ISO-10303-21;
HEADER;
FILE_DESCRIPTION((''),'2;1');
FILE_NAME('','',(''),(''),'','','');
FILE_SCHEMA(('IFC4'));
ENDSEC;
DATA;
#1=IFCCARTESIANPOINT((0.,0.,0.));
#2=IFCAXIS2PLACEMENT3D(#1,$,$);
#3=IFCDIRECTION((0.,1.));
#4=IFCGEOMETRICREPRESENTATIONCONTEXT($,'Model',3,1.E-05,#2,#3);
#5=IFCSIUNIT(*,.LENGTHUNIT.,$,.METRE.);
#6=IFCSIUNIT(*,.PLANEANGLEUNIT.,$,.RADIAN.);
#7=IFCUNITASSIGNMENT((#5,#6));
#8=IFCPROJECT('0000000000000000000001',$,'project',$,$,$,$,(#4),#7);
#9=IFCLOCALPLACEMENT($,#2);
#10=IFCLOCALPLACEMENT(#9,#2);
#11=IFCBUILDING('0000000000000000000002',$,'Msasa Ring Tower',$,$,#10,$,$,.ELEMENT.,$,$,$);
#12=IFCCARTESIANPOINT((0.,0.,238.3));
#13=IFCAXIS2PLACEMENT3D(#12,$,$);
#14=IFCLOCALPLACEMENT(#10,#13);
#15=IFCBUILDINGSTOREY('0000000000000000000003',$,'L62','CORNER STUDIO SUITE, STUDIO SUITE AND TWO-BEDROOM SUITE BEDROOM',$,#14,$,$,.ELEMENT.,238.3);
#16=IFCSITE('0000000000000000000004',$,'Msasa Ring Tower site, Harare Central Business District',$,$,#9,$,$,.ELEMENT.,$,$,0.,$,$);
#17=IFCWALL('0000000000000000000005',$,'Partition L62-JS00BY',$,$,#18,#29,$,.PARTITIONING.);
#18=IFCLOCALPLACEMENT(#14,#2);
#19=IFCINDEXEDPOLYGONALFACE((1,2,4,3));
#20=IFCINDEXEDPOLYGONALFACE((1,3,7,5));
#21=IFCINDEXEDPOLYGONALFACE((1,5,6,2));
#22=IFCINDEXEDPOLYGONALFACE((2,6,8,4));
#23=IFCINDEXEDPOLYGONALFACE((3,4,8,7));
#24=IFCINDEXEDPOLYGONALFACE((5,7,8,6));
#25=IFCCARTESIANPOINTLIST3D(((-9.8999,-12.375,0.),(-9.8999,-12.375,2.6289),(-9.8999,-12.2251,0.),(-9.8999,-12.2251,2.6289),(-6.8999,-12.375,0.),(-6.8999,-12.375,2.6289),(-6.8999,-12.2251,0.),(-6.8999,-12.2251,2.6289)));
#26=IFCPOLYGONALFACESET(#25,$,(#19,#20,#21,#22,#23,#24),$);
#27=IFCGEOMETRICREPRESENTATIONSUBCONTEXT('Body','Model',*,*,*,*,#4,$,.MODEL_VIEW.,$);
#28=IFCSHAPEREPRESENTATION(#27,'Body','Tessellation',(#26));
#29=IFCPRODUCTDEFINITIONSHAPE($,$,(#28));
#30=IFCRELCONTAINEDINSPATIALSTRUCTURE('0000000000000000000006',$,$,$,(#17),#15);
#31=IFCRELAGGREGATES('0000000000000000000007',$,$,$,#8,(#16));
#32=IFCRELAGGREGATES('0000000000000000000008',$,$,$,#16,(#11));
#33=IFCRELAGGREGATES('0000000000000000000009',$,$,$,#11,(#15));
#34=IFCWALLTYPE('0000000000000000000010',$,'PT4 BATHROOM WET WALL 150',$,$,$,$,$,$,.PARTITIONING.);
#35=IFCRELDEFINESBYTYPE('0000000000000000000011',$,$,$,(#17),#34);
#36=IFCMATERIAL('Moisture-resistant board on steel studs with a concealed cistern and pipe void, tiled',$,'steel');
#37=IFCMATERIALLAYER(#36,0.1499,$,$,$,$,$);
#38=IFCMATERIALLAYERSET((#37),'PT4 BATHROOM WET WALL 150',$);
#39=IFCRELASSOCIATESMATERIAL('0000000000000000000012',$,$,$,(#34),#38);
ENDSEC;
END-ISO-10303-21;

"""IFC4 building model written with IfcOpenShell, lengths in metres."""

from ifc_helpers import new_model, si_unit, direction, frame, frame_2d, origin, place, context, subcontext, project, spatial, rectangle, extrude, material, layer, layer_set, type_object, element, save


model = new_model("IFC4")

# Units and contexts
model_context = context("Model", 3, precision=1e-05, world=origin(), true_north=direction((0.0, 1.0)))
body_context = subcontext(model_context, "Body", "Model", "MODEL_VIEW")
ifc_project = project(units=[si_unit("LENGTHUNIT", "METRE"), si_unit("PLANEANGLEUNIT", "RADIAN")], contexts=[model_context])

# Site, building, storey
site_placement = place(None, origin())
site = spatial("IfcSite", under=ifc_project, at=site_placement, Name="Msasa Ring Tower site, Harare Central Business District", CompositionType="ELEMENT", RefElevation=0.0)
building_placement = place(site_placement, origin())
building = spatial("IfcBuilding", under=site, at=building_placement, Name="Msasa Ring Tower", CompositionType="ELEMENT")
storey_placement = place(building_placement, frame((0.0, 0.0, 238.3)))
storey = spatial("IfcBuildingStorey", under=building, at=storey_placement, Name="L62", Description="CORNER STUDIO SUITE, STUDIO SUITE AND TWO-BEDROOM SUITE BEDROOM", CompositionType="ELEMENT", Elevation=238.3)

# Shared definitions
ifc_material_1 = material(Name="Moisture-resistant board on steel studs with a concealed cistern and pipe void, tiled", Category="steel")
ifc_layer_1 = layer(ifc_material_1, 0.1499)
ifc_layer_set_1 = layer_set([ifc_layer_1], Name="PT4 BATHROOM WET WALL 150")
wall_type_1 = type_object("IfcWallType", Name="PT4 BATHROOM WET WALL 150", PredefinedType="PARTITIONING", material=ifc_layer_set_1)

# Wall
wall_1_placement = place(storey_placement, frame((-9.8999, -12.3, 0.0), z_axis=(0.0, 0.0, 1.0), x_axis=(1.0, 0.0, 0.0)))
element("IfcWall", 1, at=wall_1_placement, inside=storey, type_object=wall_type_1, Name="Partition L62-JS00BY", PredefinedType="PARTITIONING", context=body_context, shape_type="SweptSolid", body=[
    extrude(rectangle(XDim=3.0, YDim=0.1499, at=frame_2d((1.5, 0.0))), origin(), (0.0, 0.0, 1.0), 2.6289),
])

save(model, "model.ifc")
